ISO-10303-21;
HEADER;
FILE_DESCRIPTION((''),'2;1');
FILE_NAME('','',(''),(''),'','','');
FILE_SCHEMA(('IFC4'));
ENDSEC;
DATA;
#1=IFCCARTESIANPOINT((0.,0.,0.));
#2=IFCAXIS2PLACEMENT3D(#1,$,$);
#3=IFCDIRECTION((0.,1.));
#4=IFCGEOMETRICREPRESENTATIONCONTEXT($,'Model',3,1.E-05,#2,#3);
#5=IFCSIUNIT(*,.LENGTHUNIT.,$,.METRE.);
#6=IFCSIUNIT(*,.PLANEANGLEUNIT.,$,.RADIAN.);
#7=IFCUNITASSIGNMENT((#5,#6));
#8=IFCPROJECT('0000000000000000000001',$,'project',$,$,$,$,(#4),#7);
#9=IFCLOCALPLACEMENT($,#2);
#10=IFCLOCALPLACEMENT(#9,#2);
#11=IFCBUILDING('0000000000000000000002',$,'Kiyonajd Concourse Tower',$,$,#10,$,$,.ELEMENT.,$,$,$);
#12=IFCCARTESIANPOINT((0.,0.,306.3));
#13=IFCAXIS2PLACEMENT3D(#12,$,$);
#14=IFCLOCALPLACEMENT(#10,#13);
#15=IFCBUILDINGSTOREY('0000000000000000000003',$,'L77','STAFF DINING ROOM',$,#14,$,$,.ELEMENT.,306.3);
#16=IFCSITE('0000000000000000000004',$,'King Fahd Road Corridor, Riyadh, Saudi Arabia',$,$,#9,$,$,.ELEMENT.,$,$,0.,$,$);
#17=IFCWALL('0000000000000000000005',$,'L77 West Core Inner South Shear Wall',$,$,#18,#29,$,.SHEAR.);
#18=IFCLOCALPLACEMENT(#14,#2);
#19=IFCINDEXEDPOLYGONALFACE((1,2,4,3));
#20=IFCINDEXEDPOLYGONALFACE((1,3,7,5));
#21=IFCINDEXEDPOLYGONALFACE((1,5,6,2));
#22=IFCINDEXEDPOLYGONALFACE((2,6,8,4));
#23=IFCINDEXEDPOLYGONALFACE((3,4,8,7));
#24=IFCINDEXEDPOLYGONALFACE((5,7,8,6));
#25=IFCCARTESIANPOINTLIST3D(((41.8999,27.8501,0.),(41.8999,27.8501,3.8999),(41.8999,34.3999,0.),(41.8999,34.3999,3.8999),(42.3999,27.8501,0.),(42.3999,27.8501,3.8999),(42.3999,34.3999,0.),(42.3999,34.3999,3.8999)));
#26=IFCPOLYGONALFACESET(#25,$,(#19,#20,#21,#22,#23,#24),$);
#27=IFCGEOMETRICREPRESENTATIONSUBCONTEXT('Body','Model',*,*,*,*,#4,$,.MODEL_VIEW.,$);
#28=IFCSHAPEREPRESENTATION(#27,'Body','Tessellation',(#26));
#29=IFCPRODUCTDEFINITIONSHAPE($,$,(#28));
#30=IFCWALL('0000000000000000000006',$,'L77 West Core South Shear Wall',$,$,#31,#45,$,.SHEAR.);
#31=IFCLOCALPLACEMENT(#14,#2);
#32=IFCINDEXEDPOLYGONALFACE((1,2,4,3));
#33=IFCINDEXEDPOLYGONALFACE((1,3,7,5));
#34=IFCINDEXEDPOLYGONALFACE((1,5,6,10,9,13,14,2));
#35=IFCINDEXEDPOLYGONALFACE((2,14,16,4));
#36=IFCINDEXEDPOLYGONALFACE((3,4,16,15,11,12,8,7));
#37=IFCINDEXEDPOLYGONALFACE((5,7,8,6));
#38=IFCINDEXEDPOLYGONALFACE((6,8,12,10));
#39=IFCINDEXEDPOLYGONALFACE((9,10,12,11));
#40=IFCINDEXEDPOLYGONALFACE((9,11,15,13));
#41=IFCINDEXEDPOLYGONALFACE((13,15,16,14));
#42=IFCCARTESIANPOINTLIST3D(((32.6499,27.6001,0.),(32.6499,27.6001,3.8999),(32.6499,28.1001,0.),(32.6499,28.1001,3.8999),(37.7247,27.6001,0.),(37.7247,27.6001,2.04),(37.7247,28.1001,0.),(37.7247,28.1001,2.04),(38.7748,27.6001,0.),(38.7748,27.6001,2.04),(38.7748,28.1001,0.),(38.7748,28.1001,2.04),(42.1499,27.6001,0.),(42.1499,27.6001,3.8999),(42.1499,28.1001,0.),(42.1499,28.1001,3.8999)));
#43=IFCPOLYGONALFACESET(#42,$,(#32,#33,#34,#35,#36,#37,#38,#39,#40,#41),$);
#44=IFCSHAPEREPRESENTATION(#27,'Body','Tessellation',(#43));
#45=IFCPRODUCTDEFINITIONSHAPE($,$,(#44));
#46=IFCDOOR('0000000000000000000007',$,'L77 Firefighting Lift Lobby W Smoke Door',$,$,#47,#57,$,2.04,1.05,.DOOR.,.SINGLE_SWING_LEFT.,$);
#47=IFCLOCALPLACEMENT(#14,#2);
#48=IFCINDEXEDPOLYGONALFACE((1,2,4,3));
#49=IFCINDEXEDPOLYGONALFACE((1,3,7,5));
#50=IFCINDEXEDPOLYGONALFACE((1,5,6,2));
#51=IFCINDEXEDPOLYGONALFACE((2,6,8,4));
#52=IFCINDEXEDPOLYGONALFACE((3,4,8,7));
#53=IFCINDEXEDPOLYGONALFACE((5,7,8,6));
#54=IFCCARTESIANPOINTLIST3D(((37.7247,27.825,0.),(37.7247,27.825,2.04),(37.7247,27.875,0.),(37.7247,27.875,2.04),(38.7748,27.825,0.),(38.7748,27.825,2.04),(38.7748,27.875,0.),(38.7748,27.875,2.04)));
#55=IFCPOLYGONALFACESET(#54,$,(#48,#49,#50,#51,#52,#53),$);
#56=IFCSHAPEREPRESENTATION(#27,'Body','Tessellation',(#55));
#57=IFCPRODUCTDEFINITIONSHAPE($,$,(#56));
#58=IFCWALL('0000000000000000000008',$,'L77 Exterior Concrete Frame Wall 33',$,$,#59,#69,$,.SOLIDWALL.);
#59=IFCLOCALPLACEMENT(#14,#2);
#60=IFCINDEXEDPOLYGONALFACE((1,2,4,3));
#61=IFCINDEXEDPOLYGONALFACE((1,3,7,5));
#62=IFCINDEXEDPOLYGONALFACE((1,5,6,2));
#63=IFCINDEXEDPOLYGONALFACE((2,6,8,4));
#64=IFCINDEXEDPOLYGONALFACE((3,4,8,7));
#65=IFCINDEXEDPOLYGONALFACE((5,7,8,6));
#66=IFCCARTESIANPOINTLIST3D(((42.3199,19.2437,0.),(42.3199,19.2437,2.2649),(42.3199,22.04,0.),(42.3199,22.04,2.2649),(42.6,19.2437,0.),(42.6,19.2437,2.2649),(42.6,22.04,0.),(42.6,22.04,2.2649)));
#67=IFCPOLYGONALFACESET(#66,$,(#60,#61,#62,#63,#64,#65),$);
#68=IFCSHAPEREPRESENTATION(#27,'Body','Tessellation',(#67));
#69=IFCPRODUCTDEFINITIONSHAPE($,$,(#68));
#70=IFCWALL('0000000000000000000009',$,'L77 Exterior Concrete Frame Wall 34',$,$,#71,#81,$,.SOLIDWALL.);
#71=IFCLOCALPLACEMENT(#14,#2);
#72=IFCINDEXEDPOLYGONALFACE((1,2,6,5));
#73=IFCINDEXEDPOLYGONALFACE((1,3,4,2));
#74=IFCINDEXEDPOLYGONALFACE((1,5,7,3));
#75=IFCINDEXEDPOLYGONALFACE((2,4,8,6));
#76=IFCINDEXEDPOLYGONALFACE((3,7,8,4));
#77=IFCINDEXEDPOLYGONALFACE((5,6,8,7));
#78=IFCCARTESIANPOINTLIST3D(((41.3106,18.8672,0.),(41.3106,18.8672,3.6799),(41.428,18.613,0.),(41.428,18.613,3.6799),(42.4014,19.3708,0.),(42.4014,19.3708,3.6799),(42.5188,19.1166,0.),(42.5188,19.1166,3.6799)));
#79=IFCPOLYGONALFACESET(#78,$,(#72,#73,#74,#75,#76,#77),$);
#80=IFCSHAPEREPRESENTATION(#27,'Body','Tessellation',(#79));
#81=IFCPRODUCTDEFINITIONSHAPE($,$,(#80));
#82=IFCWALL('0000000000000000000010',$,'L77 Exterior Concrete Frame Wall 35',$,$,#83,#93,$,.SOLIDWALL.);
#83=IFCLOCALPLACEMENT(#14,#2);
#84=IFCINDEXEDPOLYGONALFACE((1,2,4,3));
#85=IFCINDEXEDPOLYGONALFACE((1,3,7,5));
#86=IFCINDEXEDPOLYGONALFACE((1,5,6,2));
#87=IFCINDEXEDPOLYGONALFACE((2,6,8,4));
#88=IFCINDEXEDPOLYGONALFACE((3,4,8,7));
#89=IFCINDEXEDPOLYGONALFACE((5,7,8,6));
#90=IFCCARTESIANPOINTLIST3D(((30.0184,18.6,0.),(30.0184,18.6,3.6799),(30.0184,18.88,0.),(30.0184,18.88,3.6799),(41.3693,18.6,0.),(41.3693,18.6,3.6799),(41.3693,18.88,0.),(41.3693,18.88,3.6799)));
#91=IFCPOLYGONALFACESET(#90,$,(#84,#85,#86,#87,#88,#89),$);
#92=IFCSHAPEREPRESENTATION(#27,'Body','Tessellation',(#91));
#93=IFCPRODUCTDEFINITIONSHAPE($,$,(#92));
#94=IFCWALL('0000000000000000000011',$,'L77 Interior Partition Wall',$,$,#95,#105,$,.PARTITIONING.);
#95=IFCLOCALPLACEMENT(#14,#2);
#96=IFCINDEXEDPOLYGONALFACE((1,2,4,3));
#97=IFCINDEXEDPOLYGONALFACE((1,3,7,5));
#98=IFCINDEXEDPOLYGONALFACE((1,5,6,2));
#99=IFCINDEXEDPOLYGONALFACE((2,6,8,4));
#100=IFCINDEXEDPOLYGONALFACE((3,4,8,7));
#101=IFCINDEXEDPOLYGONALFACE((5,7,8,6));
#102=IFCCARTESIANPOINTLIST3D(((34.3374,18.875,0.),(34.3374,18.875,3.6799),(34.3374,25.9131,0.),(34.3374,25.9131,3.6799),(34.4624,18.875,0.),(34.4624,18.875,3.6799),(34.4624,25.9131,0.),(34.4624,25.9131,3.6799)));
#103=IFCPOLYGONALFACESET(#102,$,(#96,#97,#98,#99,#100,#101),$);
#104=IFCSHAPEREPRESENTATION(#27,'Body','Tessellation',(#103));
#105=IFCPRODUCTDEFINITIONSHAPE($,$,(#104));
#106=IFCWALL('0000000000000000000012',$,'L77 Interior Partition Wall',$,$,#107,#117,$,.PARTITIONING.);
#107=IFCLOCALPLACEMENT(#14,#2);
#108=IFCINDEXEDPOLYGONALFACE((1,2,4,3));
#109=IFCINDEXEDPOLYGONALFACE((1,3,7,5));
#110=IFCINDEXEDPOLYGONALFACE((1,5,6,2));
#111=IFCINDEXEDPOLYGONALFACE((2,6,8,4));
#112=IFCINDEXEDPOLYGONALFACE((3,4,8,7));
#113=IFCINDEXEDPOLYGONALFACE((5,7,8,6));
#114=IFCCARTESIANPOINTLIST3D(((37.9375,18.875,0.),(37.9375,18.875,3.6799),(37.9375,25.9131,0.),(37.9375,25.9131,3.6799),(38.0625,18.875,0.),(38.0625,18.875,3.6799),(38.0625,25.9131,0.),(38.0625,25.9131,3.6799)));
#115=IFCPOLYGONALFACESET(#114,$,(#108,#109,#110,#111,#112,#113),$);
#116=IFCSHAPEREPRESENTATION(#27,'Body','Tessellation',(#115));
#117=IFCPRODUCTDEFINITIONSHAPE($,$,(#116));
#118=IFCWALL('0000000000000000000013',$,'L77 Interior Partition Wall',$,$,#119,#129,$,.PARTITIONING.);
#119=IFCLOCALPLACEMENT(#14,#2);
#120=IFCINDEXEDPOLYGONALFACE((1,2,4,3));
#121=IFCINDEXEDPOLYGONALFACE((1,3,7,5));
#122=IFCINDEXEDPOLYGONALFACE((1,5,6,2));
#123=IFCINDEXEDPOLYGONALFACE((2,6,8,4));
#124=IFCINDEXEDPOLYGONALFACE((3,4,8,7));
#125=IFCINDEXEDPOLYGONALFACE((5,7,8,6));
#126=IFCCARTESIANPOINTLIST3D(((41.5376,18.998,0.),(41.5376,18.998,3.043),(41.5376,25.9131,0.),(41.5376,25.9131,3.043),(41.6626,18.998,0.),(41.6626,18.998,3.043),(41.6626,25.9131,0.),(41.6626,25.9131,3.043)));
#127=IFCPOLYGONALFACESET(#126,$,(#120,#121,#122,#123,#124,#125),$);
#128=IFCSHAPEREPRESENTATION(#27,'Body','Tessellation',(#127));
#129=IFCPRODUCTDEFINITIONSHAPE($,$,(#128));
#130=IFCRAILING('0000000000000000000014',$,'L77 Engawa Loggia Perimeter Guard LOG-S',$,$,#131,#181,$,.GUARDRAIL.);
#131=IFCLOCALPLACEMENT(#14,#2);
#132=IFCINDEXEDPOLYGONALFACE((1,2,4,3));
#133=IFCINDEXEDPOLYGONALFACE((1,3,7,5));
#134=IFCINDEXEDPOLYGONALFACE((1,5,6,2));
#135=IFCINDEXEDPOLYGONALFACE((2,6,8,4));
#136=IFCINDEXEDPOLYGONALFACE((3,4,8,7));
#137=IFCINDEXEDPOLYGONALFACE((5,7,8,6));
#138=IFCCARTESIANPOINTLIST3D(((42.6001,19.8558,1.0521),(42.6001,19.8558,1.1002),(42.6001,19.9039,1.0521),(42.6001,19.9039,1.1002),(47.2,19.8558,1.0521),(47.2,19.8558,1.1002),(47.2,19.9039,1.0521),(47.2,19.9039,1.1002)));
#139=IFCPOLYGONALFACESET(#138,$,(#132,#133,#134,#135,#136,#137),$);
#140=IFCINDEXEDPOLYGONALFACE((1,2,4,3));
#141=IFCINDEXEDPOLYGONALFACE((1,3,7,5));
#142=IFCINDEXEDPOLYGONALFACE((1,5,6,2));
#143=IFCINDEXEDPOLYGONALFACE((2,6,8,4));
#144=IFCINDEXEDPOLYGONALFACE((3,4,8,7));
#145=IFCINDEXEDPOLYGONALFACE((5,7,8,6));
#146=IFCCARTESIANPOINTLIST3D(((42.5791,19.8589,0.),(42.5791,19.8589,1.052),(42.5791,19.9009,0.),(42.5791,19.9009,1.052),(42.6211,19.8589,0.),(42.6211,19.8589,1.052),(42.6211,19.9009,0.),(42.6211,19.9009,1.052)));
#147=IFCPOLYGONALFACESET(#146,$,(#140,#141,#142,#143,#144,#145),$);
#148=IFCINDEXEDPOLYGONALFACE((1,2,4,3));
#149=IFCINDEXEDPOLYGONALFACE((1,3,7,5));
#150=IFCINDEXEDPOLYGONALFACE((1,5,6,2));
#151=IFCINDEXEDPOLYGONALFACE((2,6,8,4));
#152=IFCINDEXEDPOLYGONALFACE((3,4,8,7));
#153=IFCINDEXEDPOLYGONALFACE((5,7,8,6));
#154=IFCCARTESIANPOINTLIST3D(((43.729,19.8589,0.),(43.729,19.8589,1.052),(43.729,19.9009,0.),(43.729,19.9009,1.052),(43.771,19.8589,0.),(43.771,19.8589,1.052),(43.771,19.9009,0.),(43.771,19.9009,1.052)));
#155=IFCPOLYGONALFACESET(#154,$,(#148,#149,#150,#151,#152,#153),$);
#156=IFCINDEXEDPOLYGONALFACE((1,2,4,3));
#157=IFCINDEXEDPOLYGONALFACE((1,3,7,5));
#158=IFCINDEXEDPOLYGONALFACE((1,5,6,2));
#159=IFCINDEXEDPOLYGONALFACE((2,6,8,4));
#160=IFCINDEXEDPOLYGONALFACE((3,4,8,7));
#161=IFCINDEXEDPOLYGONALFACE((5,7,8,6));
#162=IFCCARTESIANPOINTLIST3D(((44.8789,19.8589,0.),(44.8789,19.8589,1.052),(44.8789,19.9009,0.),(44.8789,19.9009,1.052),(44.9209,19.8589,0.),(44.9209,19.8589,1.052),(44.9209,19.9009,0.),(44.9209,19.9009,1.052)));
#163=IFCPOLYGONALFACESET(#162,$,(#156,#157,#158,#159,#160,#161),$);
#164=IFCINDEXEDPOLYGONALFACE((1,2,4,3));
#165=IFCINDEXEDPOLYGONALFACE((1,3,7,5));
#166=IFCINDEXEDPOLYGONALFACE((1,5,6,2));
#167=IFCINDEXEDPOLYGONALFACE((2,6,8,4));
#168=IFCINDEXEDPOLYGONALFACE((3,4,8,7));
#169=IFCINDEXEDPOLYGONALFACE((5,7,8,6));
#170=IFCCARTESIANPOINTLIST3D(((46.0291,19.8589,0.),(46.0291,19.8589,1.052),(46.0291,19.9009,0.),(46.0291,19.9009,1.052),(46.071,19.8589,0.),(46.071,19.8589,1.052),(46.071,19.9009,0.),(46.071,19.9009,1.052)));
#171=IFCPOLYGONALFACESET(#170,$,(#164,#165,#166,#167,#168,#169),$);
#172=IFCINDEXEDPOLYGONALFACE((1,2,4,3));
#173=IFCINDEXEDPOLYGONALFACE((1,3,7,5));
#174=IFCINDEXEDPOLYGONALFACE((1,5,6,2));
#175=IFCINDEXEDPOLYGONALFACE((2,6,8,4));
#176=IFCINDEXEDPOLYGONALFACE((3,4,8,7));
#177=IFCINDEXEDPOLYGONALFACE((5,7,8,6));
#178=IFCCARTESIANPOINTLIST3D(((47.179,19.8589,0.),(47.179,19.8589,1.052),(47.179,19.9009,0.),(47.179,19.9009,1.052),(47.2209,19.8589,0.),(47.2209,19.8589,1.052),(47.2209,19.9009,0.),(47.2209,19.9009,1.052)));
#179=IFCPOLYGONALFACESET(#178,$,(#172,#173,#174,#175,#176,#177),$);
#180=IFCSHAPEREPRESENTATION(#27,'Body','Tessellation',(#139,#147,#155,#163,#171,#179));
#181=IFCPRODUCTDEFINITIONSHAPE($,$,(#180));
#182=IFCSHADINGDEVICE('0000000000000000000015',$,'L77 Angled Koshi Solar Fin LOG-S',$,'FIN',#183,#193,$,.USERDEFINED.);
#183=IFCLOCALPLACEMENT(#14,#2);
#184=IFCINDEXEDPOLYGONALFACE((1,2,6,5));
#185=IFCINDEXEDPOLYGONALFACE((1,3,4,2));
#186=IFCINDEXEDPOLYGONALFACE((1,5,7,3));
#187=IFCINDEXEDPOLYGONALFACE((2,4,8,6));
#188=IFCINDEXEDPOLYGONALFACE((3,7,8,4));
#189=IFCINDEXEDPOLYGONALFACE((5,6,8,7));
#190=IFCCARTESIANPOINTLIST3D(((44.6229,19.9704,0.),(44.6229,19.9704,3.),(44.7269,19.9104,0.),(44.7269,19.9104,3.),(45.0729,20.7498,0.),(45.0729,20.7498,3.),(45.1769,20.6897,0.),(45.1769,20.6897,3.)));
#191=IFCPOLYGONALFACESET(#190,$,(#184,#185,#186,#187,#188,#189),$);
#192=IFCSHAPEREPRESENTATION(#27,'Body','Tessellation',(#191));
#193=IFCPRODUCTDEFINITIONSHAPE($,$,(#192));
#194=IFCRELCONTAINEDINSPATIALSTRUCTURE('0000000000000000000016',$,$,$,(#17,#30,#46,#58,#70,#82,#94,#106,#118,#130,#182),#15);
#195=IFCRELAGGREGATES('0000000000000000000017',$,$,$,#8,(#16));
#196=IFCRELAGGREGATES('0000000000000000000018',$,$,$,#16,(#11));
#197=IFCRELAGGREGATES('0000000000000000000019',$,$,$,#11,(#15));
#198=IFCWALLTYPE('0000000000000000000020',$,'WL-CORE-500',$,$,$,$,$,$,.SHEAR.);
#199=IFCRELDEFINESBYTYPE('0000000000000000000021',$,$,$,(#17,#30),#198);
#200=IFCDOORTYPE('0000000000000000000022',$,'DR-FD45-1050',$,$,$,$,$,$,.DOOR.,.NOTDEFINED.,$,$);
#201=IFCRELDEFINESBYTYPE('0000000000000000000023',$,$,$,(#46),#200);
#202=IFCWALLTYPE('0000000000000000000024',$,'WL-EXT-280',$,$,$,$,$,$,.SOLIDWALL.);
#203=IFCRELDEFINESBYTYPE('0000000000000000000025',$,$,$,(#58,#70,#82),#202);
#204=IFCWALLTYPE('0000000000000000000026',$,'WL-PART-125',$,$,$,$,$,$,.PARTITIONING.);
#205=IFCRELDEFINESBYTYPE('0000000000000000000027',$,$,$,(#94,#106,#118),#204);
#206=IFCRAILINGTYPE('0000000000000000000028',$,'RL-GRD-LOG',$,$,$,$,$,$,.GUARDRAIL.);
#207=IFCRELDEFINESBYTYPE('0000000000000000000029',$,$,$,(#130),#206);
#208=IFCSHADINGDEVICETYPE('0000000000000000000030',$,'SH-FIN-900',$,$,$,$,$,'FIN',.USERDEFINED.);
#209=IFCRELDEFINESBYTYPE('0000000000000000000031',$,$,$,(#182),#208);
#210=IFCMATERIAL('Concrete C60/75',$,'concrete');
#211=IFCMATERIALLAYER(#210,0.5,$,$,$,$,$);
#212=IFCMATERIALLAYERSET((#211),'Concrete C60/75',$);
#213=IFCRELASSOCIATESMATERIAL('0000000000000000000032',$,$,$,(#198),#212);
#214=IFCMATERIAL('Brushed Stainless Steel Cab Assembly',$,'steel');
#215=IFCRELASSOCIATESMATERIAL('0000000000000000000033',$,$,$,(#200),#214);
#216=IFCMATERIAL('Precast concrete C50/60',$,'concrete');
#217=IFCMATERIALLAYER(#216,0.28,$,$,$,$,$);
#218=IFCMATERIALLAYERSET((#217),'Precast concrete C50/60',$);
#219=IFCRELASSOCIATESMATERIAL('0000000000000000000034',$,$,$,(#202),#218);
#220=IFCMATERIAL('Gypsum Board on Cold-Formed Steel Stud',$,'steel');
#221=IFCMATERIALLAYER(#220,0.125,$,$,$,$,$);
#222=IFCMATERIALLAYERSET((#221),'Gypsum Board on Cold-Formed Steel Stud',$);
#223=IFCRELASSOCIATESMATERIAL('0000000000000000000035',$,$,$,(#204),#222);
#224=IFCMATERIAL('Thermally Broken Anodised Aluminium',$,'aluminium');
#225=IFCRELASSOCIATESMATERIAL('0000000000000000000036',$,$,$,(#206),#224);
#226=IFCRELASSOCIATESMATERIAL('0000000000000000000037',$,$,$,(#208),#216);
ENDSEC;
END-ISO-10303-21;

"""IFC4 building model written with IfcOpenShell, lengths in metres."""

from ifc_helpers import new_model, si_unit, direction, frame, frame_2d, origin, origin_2d, place, context, subcontext, project, spatial, rectangle, extrude, material, layer, layer_set, type_object, element, fill, save


model = new_model("IFC4")

# Units and contexts
model_context = context("Model", 3, precision=1e-05, world=origin(), true_north=direction((0.0, 1.0)))
body_context = subcontext(model_context, "Body", "Model", "MODEL_VIEW")
ifc_project = project(units=[si_unit("LENGTHUNIT", "METRE"), si_unit("PLANEANGLEUNIT", "RADIAN")], contexts=[model_context])

# Site, building, storey
site_placement = place(None, origin())
site = spatial("IfcSite", under=ifc_project, at=site_placement, Name="King Fahd Road Corridor, Riyadh, Saudi Arabia", CompositionType="ELEMENT", RefElevation=0.0)
building_placement = place(site_placement, origin())
building = spatial("IfcBuilding", under=site, at=building_placement, Name="Kiyonajd Concourse Tower", CompositionType="ELEMENT")
storey_placement = place(building_placement, frame((0.0, 0.0, 306.3)))
storey = spatial("IfcBuildingStorey", under=building, at=storey_placement, Name="L77", Description="STAFF DINING ROOM", CompositionType="ELEMENT", Elevation=306.3)

# Shared definitions
ifc_material_1 = material(Name="Concrete C60/75", Category="concrete")

# Shared definitions
ifc_material_2 = material(Name="Thermally Broken Anodised Aluminium", Category="aluminium")

# Wall
ifc_layer_1 = layer(ifc_material_1, 0.5)
ifc_layer_set_1 = layer_set([ifc_layer_1], Name="Concrete C60/75")
wall_type_1 = type_object("IfcWallType", Name="WL-CORE-500", PredefinedType="SHEAR", material=ifc_layer_set_1)
wall_1_placement = place(storey_placement, frame((42.1499, 27.8501, 0.0), z_axis=(0.0, 0.0, 1.0), x_axis=(0.0, 1.0, 0.0)))
element("IfcWall", 1, at=wall_1_placement, inside=storey, type_object=wall_type_1, Name="L77 West Core Inner South Shear Wall", PredefinedType="SHEAR", context=body_context, shape_type="SweptSolid", body=[
    extrude(rectangle(XDim=6.5498, YDim=0.5, at=frame_2d((3.2749, 0.0))), origin(), (0.0, 0.0, 1.0), 3.8999),
])

# Wall, opening, door
wall_2_placement = place(storey_placement, frame((32.6499, 27.8501, 0.0), z_axis=(0.0, 0.0, 1.0), x_axis=(1.0, 0.0, 0.0)))
wall_2 = element("IfcWall", 2, at=wall_2_placement, inside=storey, type_object=wall_type_1, Name="L77 West Core South Shear Wall", PredefinedType="SHEAR", context=body_context, shape_type="SweptSolid", body=[
    extrude(rectangle(XDim=9.5, YDim=0.5, at=frame_2d((4.75, 0.0))), origin(), (0.0, 0.0, 1.0), 3.8999),
])
opening_placement = place(wall_2_placement, frame((5.075, 0.0, 0.0)))
opening = element("IfcOpeningElement", 3, at=opening_placement, cuts=wall_2, PredefinedType="OPENING", context=body_context, shape_type="SweptSolid", body=[
    extrude(rectangle(XDim=1.05, YDim=2.04, at=frame_2d((0.5249, 1.02))), frame((0.0, 0.26, 0.0), z_axis=(0.0, -1.0, 0.0), x_axis=(1.0, 0.0, 0.0)), (0.0, 0.0, 1.0), 0.52),
])
ifc_material_3 = material(Name="Brushed Stainless Steel Cab Assembly", Category="steel")
door_type = type_object("IfcDoorType", Name="DR-FD45-1050", OperationType="NOTDEFINED", PredefinedType="DOOR", material=ifc_material_3)
door_placement = place(opening_placement, origin())
door = element("IfcDoor", 4, at=door_placement, inside=storey, type_object=door_type, Name="L77 Firefighting Lift Lobby W Smoke Door", OperationType="SINGLE_SWING_LEFT", OverallHeight=2.04, OverallWidth=1.05, PredefinedType="DOOR", context=body_context, shape_type="SweptSolid", body=[
    extrude(rectangle(XDim=1.05, YDim=2.04, at=frame_2d((0.5249, 1.02))), frame((0.0, 0.0249, 0.0), z_axis=(0.0, -1.0, 0.0), x_axis=(1.0, 0.0, 0.0)), (0.0, 0.0, 1.0), 0.05),
])
fill(opening, door)

# Walls
ifc_material_4 = material(Name="Precast concrete C50/60", Category="concrete")
ifc_layer_2 = layer(ifc_material_4, 0.28)
ifc_layer_set_2 = layer_set([ifc_layer_2], Name="Precast concrete C50/60")
wall_type_2 = type_object("IfcWallType", Name="WL-EXT-280", PredefinedType="SOLIDWALL", material=ifc_layer_set_2)
wall_3_placement = place(storey_placement, frame((42.46, 22.04, 0.0), z_axis=(0.0, 0.0, 1.0), x_axis=(0.0, -1.0, 0.0)))
element("IfcWall", 5, at=wall_3_placement, inside=storey, type_object=wall_type_2, Name="L77 Exterior Concrete Frame Wall 33", PredefinedType="SOLIDWALL", context=body_context, shape_type="SweptSolid", body=[
    extrude(rectangle(XDim=2.7964, YDim=0.28, at=frame_2d((1.3982, 0.0))), origin(), (0.0, 0.0, 1.0), 2.2649),
])
wall_4_placement = place(storey_placement, frame((42.46, 19.2437, 0.0), z_axis=(0.0, 0.0, 1.0), x_axis=(-0.907894, -0.4192, 0.0)))
element("IfcWall", 6, at=wall_4_placement, inside=storey, type_object=wall_type_2, Name="L77 Exterior Concrete Frame Wall 34", PredefinedType="SOLIDWALL", context=body_context, shape_type="SweptSolid", body=[
    extrude(rectangle(XDim=1.2014, YDim=0.28, at=frame_2d((0.6006, 0.0))), origin(), (0.0, 0.0, 1.0), 3.6799),
])
wall_5_placement = place(storey_placement, frame((41.3691, 18.74, 0.0), z_axis=(0.0, 0.0, 1.0), x_axis=(-1.0, 0.0, 0.0)))
element("IfcWall", 7, at=wall_5_placement, inside=storey, type_object=wall_type_2, Name="L77 Exterior Concrete Frame Wall 35", PredefinedType="SOLIDWALL", context=body_context, shape_type="SweptSolid", body=[
    extrude(rectangle(XDim=11.3508, YDim=0.28, at=frame_2d((5.6753, 0.0))), origin(), (0.0, 0.0, 1.0), 3.6799),
])
ifc_material_5 = material(Name="Gypsum Board on Cold-Formed Steel Stud", Category="steel")
ifc_layer_3 = layer(ifc_material_5, 0.125)
ifc_layer_set_3 = layer_set([ifc_layer_3], Name="Gypsum Board on Cold-Formed Steel Stud")
wall_type_3 = type_object("IfcWallType", Name="WL-PART-125", PredefinedType="PARTITIONING", material=ifc_layer_set_3)
for number, where, z_axis, x_axis, name in (
    (8, (34.3999, 18.875, 0.0), (0.0, 0.0, 1.0), (0.0, 1.0, 0.0), "L77 Interior Partition Wall"),
    (9, (38.0, 18.875, 0.0), (0.0, 0.0, 1.0), (0.0, 1.0, 0.0), "L77 Interior Partition Wall"),
):
    element("IfcWall", number, at=place(storey_placement, frame(where, z_axis=z_axis, x_axis=x_axis)), inside=storey, type_object=wall_type_3, Name=name, PredefinedType="PARTITIONING", context=body_context, shape_type="SweptSolid", body=[
        extrude(rectangle(XDim=7.0381, YDim=0.125, at=frame_2d((3.519, 0.0))), origin(), (0.0, 0.0, 1.0), 3.6799),
    ])
wall_6_placement = place(storey_placement, frame((41.6001, 18.998, 0.0), z_axis=(0.0, 0.0, 1.0), x_axis=(0.0, 1.0, 0.0)))
element("IfcWall", 10, at=wall_6_placement, inside=storey, type_object=wall_type_3, Name="L77 Interior Partition Wall", PredefinedType="PARTITIONING", context=body_context, shape_type="SweptSolid", body=[
    extrude(rectangle(XDim=6.915, YDim=0.125, at=frame_2d((3.4575, 0.0))), origin(), (0.0, 0.0, 1.0), 3.043),
])

# Railing
railing_type = type_object("IfcRailingType", Name="RL-GRD-LOG", PredefinedType="GUARDRAIL", material=ifc_material_2)
railing_placement = place(storey_placement, frame((42.6001, 19.8799, 0.0)))
element("IfcRailing", 11, at=railing_placement, inside=storey, type_object=railing_type, Name="L77 Engawa Loggia Perimeter Guard LOG-S", PredefinedType="GUARDRAIL", context=body_context, shape_type="SweptSolid", body=[
    extrude(rectangle(XDim=0.0481, YDim=0.0481, at=origin_2d()), frame((0.0, 0.0, 1.0762), z_axis=(1.0, 0.0, 0.0), x_axis=(0.0, 1.0, 0.0)), (0.0, 0.0, 1.0), 4.5999),
    extrude(rectangle(XDim=0.042, YDim=0.042, at=origin_2d()), origin(), (0.0, 0.0, 1.0), 1.052),
    extrude(rectangle(XDim=0.042, YDim=0.042, at=origin_2d()), frame((1.1499, 0.0, 0.0)), (0.0, 0.0, 1.0), 1.052),
    extrude(rectangle(XDim=0.042, YDim=0.042, at=origin_2d()), frame((2.2998, 0.0, 0.0)), (0.0, 0.0, 1.0), 1.052),
    extrude(rectangle(XDim=0.042, YDim=0.042, at=origin_2d()), frame((3.45, 0.0, 0.0)), (0.0, 0.0, 1.0), 1.052),
    extrude(rectangle(XDim=0.042, YDim=0.042, at=origin_2d()), frame((4.5999, 0.0, 0.0)), (0.0, 0.0, 1.0), 1.052),
])

# Shading device
shading_device_type_1 = type_object("IfcShadingDeviceType", Name="SH-FIN-900", ElementType="FIN", PredefinedType="USERDEFINED", material=ifc_material_4)
shading_device_1_placement = place(storey_placement, frame((44.8999, 20.3301, 0.0), z_axis=(0.0, 0.0, 1.0), x_axis=(0.5, 0.866025, 0.0)))
element("IfcShadingDevice", 12, at=shading_device_1_placement, inside=storey, type_object=shading_device_type_1, Name="L77 Angled Koshi Solar Fin LOG-S", ObjectType="FIN", PredefinedType="USERDEFINED", context=body_context, shape_type="SweptSolid", body=[
    extrude(rectangle(XDim=0.8999, YDim=0.1201, at=origin_2d()), origin(), (0.0, 0.0, 1.0), 3.0),
])

save(model, "model.ifc")
